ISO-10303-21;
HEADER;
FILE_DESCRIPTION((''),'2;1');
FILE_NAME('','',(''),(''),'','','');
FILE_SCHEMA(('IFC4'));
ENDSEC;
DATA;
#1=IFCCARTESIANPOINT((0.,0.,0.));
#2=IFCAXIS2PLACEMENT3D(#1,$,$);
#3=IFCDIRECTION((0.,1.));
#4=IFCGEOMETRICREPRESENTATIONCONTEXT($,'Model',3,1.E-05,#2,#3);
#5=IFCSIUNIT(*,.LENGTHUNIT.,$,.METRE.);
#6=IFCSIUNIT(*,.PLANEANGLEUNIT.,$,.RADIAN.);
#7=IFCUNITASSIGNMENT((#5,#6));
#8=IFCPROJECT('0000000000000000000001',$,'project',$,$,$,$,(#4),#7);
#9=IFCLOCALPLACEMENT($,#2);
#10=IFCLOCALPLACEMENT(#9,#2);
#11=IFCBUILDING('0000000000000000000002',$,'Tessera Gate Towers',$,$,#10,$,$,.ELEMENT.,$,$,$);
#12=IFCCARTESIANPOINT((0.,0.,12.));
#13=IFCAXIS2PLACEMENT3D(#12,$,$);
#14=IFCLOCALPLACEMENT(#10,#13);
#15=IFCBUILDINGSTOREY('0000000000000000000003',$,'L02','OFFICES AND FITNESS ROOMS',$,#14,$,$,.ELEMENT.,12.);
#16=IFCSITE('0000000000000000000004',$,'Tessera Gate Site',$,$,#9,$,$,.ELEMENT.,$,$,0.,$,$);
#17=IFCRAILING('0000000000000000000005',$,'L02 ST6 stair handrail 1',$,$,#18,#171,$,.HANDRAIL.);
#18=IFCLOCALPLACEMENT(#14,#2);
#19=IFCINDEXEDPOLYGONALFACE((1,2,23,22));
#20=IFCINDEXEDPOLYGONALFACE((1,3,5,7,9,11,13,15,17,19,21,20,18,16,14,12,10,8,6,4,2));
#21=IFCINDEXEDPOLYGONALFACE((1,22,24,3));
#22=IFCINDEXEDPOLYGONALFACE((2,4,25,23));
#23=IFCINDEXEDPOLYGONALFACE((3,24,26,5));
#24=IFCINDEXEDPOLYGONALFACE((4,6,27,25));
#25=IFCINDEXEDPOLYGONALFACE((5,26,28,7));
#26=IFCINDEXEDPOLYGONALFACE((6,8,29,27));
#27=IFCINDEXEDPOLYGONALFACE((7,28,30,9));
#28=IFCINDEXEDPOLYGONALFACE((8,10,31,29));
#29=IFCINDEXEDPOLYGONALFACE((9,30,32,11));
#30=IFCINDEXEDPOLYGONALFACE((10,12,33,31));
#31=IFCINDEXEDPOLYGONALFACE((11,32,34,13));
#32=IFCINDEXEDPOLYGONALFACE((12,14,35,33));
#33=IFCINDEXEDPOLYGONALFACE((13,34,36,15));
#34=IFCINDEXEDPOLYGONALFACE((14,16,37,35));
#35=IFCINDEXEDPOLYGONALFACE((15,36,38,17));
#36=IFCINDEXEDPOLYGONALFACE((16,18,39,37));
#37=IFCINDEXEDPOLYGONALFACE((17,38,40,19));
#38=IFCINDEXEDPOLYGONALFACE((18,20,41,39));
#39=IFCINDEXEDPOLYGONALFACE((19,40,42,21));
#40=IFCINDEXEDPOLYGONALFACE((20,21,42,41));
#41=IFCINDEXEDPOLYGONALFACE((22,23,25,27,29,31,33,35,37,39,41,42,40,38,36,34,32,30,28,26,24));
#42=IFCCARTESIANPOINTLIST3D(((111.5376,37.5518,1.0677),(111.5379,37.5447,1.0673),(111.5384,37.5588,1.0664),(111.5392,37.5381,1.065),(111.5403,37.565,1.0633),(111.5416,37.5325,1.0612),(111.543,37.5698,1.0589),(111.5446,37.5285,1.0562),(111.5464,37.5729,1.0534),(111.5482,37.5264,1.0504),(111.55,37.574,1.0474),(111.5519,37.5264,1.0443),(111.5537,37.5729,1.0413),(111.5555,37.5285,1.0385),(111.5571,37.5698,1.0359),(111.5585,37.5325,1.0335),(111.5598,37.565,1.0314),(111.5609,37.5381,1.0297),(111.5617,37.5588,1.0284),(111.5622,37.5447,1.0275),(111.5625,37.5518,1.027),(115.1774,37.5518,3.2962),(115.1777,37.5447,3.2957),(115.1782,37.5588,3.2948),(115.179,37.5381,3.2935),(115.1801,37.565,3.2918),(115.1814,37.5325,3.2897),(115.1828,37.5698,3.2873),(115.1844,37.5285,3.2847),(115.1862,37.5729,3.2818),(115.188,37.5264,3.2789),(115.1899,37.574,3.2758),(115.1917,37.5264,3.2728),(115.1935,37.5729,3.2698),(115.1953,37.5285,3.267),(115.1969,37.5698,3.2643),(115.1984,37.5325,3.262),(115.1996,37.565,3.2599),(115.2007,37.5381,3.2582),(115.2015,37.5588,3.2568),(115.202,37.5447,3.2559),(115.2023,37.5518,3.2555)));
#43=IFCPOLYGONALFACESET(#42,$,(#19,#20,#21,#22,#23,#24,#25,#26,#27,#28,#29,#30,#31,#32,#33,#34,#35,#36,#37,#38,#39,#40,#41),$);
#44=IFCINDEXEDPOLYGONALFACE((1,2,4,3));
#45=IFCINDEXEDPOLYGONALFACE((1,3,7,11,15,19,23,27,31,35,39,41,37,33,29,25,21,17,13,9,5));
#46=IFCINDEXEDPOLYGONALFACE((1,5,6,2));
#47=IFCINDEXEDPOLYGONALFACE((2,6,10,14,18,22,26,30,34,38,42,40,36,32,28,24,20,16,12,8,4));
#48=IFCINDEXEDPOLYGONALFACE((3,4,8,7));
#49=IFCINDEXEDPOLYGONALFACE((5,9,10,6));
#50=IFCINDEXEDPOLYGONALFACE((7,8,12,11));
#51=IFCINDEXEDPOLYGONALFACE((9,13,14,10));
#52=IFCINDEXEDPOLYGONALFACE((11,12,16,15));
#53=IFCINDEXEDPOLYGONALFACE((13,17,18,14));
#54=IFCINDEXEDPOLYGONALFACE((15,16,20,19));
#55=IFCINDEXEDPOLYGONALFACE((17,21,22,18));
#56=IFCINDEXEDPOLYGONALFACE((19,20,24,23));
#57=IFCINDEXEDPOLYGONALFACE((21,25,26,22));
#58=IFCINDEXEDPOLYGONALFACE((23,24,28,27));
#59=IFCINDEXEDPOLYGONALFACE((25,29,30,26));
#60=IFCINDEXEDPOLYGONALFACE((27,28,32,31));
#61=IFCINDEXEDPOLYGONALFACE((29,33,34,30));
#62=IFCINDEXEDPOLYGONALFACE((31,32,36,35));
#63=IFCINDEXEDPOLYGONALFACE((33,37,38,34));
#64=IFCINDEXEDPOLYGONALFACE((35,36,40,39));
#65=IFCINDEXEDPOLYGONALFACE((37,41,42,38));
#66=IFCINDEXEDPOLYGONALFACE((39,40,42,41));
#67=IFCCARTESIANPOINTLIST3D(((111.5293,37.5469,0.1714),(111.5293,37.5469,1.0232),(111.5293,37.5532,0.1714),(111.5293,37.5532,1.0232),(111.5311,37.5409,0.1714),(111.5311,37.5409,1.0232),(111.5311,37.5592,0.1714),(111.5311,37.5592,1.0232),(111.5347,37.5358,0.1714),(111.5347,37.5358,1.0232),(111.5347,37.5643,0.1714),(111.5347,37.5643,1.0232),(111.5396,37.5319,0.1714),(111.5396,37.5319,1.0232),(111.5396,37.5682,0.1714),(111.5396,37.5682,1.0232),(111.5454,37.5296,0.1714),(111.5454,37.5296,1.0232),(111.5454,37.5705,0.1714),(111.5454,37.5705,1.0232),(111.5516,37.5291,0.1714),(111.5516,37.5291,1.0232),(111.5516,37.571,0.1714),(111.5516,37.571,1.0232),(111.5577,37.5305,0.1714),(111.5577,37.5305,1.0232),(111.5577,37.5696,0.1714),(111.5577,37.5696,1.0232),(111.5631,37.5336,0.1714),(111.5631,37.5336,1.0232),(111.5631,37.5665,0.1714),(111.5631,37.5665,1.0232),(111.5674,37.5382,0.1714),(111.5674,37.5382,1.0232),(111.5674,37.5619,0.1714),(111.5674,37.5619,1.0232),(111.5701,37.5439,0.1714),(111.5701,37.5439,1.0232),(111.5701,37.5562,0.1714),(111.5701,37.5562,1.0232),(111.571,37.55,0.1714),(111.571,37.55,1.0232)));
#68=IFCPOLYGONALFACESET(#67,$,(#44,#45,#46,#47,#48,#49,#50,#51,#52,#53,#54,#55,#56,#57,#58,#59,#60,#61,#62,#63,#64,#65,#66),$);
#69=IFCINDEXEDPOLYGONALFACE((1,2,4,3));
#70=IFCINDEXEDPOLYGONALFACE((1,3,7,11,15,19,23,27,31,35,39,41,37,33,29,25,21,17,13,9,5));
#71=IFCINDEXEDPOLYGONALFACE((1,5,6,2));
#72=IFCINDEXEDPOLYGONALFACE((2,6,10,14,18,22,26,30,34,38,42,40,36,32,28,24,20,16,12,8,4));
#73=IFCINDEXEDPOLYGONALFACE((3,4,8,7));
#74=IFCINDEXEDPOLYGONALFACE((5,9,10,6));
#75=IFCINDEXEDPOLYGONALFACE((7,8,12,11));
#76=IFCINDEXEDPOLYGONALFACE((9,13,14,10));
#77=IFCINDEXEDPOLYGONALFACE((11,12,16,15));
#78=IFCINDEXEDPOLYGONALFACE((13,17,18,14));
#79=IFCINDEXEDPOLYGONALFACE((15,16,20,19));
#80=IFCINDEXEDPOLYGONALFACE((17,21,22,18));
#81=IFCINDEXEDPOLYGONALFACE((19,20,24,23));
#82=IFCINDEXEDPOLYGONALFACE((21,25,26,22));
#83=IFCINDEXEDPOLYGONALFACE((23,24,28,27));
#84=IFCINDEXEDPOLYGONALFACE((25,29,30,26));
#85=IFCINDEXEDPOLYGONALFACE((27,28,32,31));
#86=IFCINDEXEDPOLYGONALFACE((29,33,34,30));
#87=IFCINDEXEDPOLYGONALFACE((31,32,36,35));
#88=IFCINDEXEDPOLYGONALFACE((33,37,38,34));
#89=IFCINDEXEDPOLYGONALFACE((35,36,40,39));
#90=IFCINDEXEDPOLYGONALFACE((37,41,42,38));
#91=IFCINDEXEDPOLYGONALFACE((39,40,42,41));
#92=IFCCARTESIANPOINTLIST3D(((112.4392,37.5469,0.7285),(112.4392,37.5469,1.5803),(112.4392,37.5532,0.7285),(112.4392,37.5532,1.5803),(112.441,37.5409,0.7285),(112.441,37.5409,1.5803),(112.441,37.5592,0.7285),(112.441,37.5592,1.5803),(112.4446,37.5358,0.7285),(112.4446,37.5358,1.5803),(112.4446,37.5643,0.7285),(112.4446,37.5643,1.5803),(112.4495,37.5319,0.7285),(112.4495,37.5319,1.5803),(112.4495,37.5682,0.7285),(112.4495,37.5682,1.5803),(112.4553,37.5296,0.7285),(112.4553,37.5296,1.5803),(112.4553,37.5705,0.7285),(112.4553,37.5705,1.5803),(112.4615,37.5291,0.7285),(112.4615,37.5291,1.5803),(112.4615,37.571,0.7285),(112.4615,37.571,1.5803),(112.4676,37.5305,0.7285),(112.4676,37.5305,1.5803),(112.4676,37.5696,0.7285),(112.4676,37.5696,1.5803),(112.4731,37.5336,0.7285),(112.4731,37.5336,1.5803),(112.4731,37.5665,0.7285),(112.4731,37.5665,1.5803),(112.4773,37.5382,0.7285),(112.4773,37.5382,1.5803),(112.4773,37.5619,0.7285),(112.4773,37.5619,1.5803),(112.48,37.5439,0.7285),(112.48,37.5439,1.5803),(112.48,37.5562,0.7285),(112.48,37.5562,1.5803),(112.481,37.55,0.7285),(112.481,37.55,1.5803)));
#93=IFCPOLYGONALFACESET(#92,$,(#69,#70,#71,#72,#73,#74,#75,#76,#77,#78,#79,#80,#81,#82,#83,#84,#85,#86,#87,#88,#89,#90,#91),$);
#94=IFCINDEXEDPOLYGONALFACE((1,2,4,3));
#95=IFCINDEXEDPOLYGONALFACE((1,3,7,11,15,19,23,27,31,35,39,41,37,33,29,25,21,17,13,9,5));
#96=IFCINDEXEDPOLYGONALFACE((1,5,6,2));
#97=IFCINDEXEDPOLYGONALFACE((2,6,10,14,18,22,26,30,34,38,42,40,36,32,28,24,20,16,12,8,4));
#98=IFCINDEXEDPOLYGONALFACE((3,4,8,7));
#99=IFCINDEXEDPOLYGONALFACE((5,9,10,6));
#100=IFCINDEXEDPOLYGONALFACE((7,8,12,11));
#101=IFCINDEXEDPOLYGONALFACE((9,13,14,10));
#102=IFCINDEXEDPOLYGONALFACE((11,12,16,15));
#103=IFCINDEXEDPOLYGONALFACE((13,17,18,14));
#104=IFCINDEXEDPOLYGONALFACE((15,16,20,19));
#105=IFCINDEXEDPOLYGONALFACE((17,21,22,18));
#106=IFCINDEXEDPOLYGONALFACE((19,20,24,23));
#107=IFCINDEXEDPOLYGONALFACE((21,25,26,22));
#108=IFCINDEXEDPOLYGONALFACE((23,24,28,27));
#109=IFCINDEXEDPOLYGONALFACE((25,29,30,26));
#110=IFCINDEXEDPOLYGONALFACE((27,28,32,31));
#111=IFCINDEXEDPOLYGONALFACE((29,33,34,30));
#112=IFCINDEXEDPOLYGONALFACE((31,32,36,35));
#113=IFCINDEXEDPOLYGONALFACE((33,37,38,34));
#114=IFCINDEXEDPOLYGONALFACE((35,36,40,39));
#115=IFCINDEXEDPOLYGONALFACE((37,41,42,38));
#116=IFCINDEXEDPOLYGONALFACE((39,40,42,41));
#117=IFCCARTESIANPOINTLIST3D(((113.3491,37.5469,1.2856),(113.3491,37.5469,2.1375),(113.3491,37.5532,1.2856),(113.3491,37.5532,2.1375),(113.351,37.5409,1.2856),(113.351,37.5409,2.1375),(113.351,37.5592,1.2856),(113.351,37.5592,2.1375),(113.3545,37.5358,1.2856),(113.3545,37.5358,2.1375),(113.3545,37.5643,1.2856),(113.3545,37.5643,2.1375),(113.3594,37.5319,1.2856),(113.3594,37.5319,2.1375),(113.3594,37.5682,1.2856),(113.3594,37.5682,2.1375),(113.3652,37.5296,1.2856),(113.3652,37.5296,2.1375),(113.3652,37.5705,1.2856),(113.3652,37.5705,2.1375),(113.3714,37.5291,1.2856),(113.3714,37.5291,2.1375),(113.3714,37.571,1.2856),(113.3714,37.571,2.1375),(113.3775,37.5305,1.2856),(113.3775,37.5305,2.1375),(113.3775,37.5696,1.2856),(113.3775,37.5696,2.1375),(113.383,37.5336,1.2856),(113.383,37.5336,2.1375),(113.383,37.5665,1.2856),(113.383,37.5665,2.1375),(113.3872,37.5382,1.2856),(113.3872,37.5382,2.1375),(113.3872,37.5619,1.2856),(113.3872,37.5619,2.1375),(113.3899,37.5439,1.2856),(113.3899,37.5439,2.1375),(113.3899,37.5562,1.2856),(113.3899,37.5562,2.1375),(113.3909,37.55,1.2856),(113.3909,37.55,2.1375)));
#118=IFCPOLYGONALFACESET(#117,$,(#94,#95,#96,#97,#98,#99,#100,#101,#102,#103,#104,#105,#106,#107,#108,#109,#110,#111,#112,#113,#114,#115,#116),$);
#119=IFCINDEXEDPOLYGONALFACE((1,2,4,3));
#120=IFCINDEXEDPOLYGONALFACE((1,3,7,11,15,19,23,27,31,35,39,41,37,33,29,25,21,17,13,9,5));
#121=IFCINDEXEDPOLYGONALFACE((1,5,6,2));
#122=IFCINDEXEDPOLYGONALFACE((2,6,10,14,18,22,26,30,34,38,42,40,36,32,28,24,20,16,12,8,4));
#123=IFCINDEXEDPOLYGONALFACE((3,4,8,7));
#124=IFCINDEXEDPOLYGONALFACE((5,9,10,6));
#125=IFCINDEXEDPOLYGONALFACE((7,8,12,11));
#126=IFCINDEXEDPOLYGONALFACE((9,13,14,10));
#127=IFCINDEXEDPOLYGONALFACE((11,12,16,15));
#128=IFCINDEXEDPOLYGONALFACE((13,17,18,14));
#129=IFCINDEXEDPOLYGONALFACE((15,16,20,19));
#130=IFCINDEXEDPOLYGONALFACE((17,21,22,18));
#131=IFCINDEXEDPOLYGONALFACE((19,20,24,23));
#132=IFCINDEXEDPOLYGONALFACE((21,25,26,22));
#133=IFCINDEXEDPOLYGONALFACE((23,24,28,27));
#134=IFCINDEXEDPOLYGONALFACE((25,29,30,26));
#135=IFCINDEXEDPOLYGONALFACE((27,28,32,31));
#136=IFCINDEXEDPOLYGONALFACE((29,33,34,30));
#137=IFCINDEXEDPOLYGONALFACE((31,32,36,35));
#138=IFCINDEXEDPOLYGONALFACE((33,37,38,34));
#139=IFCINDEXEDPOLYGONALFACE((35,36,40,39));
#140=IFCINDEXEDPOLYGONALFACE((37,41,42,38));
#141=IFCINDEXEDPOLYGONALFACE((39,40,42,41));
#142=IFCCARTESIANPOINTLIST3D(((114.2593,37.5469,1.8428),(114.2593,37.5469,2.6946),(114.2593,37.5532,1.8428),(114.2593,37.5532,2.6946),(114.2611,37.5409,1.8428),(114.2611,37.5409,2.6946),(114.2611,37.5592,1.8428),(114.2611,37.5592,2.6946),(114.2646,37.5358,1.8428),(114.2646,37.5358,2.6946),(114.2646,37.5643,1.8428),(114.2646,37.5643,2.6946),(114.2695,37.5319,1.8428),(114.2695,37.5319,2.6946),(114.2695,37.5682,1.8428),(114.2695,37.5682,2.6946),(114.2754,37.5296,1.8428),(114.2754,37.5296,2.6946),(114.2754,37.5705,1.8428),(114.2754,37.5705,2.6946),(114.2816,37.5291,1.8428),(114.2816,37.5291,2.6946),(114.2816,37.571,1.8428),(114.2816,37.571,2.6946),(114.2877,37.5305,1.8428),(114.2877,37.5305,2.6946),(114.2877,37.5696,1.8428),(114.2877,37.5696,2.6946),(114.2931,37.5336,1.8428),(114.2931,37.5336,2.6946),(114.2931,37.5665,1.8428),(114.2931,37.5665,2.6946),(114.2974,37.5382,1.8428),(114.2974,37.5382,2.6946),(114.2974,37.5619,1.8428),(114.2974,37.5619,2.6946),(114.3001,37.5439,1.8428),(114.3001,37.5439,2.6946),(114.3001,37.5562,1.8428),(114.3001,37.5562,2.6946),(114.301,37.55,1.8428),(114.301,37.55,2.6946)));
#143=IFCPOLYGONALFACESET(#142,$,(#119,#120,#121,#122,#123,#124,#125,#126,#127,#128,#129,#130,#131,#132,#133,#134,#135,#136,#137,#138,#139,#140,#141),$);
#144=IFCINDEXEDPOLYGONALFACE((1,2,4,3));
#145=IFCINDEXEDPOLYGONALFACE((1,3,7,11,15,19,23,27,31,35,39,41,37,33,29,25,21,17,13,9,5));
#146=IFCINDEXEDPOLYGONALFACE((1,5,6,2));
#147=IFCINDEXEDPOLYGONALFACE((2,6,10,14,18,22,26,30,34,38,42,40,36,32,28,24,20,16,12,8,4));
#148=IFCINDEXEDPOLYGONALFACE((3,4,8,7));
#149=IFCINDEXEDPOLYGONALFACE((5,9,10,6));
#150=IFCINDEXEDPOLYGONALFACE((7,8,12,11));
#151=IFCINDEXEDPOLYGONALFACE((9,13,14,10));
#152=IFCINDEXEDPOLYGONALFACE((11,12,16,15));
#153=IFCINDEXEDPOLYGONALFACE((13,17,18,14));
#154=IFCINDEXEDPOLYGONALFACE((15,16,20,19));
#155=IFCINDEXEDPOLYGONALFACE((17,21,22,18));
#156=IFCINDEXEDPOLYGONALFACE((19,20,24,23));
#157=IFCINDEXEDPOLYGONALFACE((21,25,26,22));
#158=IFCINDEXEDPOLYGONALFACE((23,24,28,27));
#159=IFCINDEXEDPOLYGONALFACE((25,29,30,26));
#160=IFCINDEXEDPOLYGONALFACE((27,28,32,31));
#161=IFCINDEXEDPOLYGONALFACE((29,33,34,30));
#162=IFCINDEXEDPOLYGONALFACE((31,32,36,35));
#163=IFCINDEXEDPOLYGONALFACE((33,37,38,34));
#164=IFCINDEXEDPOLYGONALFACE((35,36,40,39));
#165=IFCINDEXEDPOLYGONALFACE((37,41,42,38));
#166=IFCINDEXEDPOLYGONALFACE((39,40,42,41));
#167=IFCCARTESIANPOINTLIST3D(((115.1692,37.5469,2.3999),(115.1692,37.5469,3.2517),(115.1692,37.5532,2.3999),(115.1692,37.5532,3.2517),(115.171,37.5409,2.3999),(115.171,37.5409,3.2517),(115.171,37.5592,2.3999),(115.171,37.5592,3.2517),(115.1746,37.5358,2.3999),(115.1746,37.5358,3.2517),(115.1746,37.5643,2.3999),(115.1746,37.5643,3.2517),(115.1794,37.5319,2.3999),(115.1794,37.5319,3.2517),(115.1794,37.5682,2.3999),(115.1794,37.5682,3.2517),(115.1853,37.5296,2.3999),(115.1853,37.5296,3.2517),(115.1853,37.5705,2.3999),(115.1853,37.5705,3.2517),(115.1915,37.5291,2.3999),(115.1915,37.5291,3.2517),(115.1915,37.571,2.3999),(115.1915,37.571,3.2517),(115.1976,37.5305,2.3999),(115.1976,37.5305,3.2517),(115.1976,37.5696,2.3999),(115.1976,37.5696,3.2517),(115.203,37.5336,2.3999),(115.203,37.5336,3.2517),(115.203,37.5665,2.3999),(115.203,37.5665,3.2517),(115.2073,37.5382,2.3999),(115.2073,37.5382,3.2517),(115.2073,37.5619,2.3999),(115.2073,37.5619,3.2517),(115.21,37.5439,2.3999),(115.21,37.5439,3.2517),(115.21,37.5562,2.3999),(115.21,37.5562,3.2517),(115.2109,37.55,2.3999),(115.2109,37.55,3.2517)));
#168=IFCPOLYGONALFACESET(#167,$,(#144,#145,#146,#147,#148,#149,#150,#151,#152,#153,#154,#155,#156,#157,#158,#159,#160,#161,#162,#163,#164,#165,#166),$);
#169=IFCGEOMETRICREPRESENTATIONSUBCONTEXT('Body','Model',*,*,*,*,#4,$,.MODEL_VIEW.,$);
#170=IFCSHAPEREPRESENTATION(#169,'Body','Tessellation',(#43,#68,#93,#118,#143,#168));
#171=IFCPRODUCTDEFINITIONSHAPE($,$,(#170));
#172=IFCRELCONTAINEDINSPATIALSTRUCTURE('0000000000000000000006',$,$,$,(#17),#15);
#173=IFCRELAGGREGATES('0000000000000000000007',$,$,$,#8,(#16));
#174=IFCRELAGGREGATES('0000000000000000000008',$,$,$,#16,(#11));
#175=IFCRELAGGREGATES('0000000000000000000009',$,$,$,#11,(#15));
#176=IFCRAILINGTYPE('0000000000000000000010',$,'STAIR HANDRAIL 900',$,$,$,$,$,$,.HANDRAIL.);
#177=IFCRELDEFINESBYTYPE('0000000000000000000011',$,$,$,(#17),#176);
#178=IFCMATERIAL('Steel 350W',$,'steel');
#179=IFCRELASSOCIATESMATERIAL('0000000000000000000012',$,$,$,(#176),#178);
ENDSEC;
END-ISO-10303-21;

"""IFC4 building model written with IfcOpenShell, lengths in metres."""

from ifc_helpers import new_model, si_unit, direction, frame, origin, origin_2d, place, context, subcontext, project, spatial, circle, extrude, material, type_object, element, save


model = new_model("IFC4")

# Units and contexts
model_context = context("Model", 3, precision=1e-05, world=origin(), true_north=direction((0.0, 1.0)))
body_context = subcontext(model_context, "Body", "Model", "MODEL_VIEW")
ifc_project = project(units=[si_unit("LENGTHUNIT", "METRE"), si_unit("PLANEANGLEUNIT", "RADIAN")], contexts=[model_context])

# Site, building, storey
site_placement = place(None, origin())
site = spatial("IfcSite", under=ifc_project, at=site_placement, Name="Tessera Gate Site", CompositionType="ELEMENT", RefElevation=0.0)
building_placement = place(site_placement, origin())
building = spatial("IfcBuilding", under=site, at=building_placement, Name="Tessera Gate Towers", CompositionType="ELEMENT")
storey_placement = place(building_placement, frame((0.0, 0.0, 12.0)))
storey = spatial("IfcBuildingStorey", under=building, at=storey_placement, Name="L02", Description="OFFICES AND FITNESS ROOMS", CompositionType="ELEMENT", Elevation=12.0)

# Railing
ifc_material_1 = material(Name="Steel 350W", Category="steel")
railing_type_1 = type_object("IfcRailingType", Name="STAIR HANDRAIL 900", PredefinedType="HANDRAIL", material=ifc_material_1)
railing_1_placement = place(storey_placement, frame((111.55, 37.55, 0.1714)))
element("IfcRailing", 1, at=railing_1_placement, inside=storey, type_object=railing_type_1, Name="L02 ST6 stair handrail 1", PredefinedType="HANDRAIL", context=body_context, shape_type="SweptSolid", body=[
    extrude(circle(Radius=0.0239, at=origin_2d()), frame((0.0, 0.0, 0.876), z_axis=(0.85285, 0.0, 0.522156), x_axis=(0.0, 1.0, 0.0)), (0.0, 0.0, 1.0), 4.2678),
    extrude(circle(Radius=0.021, at=origin_2d()), origin(), (0.0, 0.0, 1.0), 0.8518),
    extrude(circle(Radius=0.021, at=origin_2d()), frame((0.9099, 0.0, 0.5571)), (0.0, 0.0, 1.0), 0.8518),
    extrude(circle(Radius=0.021, at=origin_2d()), frame((1.8198, 0.0, 1.1143)), (0.0, 0.0, 1.0), 0.8518),
    extrude(circle(Radius=0.021, at=origin_2d()), frame((2.73, 0.0, 1.6714)), (0.0, 0.0, 1.0), 0.8518),
    extrude(circle(Radius=0.021, at=origin_2d()), frame((3.6399, 0.0, 2.2285)), (0.0, 0.0, 1.0), 0.8518),
])

save(model, "model.ifc")
